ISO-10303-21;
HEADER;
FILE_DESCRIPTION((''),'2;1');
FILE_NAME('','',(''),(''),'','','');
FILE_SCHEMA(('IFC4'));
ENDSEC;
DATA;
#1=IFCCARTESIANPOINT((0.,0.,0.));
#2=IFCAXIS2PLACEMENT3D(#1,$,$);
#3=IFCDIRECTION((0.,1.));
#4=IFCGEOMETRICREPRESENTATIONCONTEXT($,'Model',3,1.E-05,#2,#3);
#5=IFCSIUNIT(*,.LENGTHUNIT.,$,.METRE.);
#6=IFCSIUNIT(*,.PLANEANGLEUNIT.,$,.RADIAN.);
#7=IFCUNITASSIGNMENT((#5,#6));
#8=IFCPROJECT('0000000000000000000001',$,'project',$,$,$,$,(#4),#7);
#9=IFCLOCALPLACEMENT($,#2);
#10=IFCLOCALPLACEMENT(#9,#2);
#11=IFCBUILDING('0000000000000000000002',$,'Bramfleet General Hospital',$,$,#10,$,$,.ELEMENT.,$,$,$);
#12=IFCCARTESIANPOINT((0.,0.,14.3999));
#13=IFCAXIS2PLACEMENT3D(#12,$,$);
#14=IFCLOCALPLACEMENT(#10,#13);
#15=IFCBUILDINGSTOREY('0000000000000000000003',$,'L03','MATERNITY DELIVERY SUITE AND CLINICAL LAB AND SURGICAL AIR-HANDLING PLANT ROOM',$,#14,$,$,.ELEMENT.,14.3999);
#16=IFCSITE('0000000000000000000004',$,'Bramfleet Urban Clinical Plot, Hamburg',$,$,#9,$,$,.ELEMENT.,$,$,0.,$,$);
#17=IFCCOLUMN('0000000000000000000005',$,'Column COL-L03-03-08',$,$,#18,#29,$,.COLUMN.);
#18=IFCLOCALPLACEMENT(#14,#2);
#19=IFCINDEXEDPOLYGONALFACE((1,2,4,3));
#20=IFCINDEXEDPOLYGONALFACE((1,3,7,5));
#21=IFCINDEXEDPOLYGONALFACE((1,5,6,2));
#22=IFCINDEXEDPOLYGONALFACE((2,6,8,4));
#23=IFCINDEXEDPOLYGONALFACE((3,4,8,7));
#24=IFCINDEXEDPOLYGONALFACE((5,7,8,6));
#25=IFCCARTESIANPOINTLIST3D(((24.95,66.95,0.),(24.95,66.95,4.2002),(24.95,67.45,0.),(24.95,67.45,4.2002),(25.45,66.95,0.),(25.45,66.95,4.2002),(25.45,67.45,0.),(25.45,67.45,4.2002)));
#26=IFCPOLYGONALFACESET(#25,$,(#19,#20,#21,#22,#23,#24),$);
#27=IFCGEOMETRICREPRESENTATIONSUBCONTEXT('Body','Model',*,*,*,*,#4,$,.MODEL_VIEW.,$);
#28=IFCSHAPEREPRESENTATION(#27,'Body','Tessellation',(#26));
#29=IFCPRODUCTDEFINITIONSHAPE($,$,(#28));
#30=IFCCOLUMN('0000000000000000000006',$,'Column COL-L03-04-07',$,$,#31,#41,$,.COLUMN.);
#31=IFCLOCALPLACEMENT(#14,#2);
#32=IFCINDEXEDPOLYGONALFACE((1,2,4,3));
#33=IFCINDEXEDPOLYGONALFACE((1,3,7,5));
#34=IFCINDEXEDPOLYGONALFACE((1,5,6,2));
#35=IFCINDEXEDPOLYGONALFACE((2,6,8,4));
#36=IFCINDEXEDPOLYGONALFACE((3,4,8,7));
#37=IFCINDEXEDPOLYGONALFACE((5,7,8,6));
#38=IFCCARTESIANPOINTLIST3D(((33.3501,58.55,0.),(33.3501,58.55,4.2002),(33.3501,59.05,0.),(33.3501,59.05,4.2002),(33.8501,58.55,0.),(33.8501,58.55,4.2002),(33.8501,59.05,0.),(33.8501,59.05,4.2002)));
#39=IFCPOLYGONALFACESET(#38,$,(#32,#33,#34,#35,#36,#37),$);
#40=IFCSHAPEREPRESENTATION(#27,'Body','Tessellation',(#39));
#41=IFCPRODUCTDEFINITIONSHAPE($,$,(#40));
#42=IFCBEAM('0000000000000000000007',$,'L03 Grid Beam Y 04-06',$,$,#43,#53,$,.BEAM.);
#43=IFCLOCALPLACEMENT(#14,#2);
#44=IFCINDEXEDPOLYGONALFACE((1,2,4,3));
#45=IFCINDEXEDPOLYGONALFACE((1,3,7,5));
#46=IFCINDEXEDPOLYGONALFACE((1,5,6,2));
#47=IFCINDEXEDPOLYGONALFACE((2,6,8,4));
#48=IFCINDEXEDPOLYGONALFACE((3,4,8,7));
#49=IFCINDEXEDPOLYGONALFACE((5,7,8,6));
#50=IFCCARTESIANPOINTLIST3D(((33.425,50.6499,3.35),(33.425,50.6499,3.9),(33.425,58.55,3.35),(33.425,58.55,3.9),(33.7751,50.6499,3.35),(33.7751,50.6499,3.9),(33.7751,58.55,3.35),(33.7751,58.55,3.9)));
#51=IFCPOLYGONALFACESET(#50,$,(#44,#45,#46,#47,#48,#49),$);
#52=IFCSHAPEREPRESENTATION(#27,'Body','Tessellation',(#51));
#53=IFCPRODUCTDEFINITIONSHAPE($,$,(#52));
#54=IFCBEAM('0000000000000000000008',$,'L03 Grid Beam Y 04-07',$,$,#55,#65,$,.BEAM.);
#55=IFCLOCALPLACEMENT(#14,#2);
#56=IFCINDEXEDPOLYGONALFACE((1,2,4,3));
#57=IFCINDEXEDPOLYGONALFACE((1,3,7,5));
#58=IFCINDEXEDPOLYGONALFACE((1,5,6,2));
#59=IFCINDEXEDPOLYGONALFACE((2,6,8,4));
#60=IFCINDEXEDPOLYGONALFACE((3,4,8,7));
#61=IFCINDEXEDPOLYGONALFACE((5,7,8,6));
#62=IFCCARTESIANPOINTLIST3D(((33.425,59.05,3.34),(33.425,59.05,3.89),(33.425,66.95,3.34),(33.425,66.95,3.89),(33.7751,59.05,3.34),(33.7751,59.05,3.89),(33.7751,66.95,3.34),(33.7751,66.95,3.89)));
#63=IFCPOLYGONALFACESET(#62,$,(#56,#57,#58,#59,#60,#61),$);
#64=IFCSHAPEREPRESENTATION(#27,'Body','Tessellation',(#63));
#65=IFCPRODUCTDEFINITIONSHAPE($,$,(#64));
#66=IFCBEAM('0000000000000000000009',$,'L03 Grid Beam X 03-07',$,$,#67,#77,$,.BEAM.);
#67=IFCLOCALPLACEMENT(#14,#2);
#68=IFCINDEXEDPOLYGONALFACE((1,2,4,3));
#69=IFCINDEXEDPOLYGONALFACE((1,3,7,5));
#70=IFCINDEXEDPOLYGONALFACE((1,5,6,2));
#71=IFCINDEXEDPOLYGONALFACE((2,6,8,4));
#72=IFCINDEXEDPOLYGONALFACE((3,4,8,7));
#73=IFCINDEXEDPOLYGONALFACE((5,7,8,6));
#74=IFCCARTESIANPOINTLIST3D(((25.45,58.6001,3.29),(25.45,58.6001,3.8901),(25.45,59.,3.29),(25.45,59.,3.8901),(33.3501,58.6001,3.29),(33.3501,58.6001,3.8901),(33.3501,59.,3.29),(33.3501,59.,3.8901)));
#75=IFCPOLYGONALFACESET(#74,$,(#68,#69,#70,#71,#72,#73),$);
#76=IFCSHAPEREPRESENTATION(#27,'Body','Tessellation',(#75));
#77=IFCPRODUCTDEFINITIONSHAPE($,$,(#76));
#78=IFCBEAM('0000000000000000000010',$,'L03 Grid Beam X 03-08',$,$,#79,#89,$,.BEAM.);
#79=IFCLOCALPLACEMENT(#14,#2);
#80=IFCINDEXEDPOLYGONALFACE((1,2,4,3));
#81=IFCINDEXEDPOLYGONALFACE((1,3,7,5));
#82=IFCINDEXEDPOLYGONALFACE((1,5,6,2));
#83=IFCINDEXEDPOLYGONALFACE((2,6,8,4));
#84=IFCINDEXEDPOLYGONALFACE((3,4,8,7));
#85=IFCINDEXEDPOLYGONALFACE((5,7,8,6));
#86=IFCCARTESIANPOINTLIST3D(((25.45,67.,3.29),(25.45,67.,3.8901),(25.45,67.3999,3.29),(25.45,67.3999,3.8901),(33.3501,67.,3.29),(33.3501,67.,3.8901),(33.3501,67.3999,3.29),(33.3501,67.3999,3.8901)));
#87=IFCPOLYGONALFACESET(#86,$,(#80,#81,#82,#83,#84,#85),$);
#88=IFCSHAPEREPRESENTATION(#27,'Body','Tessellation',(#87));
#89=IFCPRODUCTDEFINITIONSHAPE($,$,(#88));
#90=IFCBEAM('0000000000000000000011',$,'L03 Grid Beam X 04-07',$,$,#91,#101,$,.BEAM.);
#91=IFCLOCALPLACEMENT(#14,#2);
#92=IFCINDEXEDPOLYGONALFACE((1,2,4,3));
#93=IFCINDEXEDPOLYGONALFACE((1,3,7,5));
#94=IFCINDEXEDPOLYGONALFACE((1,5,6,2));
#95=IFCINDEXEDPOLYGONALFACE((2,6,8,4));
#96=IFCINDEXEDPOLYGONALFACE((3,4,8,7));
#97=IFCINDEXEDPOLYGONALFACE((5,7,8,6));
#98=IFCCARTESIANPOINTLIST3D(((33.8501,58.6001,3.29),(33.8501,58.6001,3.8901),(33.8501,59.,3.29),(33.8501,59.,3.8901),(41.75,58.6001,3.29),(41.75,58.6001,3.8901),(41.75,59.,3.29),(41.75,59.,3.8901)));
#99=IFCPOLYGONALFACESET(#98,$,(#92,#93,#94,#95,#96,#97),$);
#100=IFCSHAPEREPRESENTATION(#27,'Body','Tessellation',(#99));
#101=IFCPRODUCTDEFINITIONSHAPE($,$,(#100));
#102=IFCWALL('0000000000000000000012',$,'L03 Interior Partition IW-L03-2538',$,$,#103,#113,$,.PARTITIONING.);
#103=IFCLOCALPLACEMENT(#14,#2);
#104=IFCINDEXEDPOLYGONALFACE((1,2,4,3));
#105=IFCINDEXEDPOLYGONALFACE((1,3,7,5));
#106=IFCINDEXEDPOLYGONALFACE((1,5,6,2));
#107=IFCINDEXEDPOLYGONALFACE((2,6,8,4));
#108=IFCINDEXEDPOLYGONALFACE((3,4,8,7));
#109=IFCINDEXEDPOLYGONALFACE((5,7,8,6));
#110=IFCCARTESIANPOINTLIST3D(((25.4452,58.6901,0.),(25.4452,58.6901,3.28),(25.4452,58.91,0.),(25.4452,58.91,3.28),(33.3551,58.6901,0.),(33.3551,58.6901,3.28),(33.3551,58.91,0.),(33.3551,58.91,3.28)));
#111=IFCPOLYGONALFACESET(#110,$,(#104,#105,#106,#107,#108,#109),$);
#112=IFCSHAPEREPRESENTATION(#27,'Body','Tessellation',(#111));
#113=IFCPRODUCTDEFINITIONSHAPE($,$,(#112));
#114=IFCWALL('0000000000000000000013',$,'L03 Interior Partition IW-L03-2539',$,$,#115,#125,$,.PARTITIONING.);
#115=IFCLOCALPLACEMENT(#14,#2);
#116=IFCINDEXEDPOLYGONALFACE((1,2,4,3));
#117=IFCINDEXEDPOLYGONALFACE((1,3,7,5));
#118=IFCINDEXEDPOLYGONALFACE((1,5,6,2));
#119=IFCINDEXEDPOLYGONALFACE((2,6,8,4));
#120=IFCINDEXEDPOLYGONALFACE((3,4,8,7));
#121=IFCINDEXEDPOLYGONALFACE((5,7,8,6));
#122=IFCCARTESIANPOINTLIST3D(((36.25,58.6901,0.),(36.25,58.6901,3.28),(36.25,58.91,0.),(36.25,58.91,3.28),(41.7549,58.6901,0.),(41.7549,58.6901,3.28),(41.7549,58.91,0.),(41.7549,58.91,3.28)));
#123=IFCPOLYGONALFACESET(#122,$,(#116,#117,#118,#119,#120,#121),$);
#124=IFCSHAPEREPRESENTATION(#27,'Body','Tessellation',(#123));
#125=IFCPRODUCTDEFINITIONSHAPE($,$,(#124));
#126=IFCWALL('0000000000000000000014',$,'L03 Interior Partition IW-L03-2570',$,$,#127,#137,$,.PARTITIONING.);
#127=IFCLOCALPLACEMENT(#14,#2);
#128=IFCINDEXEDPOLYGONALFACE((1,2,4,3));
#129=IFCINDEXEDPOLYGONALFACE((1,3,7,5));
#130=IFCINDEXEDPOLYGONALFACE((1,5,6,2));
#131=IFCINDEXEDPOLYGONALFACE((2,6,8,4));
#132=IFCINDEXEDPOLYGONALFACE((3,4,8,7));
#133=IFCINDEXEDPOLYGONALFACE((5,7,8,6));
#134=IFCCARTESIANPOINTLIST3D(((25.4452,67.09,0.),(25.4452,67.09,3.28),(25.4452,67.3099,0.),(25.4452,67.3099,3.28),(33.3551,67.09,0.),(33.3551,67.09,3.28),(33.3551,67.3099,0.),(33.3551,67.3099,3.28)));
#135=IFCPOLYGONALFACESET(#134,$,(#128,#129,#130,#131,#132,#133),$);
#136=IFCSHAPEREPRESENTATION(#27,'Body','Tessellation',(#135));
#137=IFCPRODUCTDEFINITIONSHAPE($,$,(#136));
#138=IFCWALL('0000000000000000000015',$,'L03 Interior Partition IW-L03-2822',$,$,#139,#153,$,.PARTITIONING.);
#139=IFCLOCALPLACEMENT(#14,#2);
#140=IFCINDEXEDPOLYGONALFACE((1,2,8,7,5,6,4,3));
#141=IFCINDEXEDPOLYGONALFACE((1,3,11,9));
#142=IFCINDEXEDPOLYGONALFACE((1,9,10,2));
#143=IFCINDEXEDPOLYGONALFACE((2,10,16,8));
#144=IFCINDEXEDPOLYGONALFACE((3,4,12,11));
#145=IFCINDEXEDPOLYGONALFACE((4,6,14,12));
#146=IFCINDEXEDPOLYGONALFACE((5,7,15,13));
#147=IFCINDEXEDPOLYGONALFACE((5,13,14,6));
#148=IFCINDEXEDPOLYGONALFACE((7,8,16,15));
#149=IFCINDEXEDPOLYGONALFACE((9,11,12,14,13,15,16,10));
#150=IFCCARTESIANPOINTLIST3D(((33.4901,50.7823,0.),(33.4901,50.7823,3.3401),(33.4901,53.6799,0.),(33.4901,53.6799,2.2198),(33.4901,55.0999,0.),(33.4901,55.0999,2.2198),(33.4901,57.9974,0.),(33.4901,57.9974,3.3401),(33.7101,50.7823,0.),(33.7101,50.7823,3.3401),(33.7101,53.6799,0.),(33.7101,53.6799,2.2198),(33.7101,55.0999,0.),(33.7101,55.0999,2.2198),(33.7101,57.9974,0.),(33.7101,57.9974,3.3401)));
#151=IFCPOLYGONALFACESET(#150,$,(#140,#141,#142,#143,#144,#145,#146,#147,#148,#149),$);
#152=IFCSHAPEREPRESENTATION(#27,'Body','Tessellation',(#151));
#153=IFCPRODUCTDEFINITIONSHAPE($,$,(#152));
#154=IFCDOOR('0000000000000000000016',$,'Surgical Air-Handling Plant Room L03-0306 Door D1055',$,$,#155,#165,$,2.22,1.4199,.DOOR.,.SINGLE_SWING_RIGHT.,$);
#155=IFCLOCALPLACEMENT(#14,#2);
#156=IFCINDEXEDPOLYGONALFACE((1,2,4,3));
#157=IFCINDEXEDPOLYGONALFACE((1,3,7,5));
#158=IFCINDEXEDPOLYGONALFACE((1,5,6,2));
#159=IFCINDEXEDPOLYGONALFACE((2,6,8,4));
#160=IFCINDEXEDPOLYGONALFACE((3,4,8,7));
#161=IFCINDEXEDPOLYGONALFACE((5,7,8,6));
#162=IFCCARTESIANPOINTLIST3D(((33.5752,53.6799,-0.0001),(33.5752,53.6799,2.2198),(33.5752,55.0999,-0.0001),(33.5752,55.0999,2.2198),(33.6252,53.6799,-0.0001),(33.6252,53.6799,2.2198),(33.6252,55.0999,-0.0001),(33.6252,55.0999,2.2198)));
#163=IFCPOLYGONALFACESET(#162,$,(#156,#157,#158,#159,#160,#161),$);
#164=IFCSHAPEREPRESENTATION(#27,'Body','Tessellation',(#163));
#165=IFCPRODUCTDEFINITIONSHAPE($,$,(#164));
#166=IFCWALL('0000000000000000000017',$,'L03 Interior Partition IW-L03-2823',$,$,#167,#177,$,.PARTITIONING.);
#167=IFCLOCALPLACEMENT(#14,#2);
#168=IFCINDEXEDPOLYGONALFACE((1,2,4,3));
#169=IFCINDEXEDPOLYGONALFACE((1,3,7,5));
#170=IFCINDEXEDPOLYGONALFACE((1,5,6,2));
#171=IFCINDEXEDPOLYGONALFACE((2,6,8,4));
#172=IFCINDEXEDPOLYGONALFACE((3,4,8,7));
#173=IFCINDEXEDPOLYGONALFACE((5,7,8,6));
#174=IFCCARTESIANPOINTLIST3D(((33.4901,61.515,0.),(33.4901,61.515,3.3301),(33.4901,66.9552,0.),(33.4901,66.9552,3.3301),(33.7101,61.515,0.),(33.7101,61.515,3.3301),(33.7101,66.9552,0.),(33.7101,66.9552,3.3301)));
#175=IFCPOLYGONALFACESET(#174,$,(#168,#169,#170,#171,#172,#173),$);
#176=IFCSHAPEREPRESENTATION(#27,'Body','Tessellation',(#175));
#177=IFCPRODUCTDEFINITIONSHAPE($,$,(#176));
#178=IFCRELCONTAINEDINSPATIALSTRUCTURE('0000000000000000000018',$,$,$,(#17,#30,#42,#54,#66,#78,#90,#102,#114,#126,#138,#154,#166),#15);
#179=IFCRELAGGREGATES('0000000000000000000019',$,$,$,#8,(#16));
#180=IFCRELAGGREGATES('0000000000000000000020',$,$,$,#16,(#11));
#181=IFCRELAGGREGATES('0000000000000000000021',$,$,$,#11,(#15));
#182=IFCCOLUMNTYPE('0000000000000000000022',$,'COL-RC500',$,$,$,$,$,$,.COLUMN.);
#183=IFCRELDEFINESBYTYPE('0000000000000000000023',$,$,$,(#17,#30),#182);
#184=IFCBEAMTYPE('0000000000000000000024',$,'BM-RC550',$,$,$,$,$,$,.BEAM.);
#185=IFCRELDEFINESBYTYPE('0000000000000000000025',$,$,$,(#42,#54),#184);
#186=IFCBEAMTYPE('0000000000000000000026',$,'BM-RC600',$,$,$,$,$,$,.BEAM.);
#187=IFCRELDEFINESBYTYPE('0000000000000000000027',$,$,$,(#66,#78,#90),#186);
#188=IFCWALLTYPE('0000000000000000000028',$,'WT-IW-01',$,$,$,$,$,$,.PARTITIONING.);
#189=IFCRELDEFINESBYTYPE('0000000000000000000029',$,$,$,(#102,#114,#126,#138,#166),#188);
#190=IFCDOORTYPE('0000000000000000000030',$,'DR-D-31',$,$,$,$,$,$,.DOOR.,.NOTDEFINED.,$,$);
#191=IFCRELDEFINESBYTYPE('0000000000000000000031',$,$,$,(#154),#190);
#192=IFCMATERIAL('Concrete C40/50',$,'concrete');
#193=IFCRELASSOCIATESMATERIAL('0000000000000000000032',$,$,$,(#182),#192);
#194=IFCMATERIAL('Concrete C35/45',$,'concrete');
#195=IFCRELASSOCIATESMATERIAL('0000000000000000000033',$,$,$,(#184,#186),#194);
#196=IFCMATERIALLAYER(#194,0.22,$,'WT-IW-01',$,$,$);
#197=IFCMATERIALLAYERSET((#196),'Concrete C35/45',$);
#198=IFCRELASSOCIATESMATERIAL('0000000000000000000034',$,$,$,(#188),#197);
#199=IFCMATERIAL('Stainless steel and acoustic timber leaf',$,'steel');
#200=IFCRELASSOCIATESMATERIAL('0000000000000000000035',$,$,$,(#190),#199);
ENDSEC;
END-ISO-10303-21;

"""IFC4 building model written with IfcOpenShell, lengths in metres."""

from ifc_helpers import new_model, si_unit, direction, frame, frame_2d, origin, origin_2d, place, context, subcontext, project, spatial, rectangle, extrude, material, layer, layer_set, material_profile, profile_set, type_object, element, fill, save


model = new_model("IFC4")

# Units and contexts
model_context = context("Model", 3, precision=1e-05, world=origin(), true_north=direction((0.0, 1.0)))
body_context = subcontext(model_context, "Body", "Model", "MODEL_VIEW")
ifc_project = project(units=[si_unit("LENGTHUNIT", "METRE"), si_unit("PLANEANGLEUNIT", "RADIAN")], contexts=[model_context])

# Site, building, storey
site_placement = place(None, origin())
site = spatial("IfcSite", under=ifc_project, at=site_placement, Name="Bramfleet Urban Clinical Plot, Hamburg", CompositionType="ELEMENT", RefElevation=0.0)
building_placement = place(site_placement, origin())
building = spatial("IfcBuilding", under=site, at=building_placement, Name="Bramfleet General Hospital", CompositionType="ELEMENT")
storey_placement = place(building_placement, frame((0.0, 0.0, 14.3999)))
storey = spatial("IfcBuildingStorey", under=building, at=storey_placement, Name="L03", Description="MATERNITY DELIVERY SUITE AND CLINICAL LAB AND SURGICAL AIR-HANDLING PLANT ROOM", CompositionType="ELEMENT", Elevation=14.3999)

# Columns
ifc_material_1 = material(Name="Concrete C40/50", Category="concrete")
ifc_material_profile_1 = material_profile(ifc_material_1, rectangle(XDim=0.5, YDim=0.5, at=origin_2d()), Name="RC COL 500x500")
ifc_profile_set_1 = profile_set([ifc_material_profile_1], Name="Concrete C40/50")
column_type = type_object("IfcColumnType", Name="COL-RC500", PredefinedType="COLUMN", material=ifc_profile_set_1)
for number, where, z_axis, x_axis, name in (
    (1, (25.2, 67.2, 0.0), (0.0, 0.0, 1.0), (1.0, 0.0, 0.0), "Column COL-L03-03-08"),
    (2, (33.6001, 58.8, 0.0), (0.0, 0.0, 1.0), (1.0, 0.0, 0.0), "Column COL-L03-04-07"),
):
    element("IfcColumn", number, at=place(storey_placement, frame(where, z_axis=z_axis, x_axis=x_axis)), inside=storey, type_object=column_type, Name=name, PredefinedType="COLUMN", context=body_context, shape_type="SweptSolid", body=[
        extrude(rectangle(XDim=0.5, YDim=0.5, at=origin_2d()), origin(), (0.0, 0.0, 1.0), 4.2002),
    ])

# Beams
ifc_material_2 = material(Name="Concrete C35/45", Category="concrete")
ifc_material_profile_2 = material_profile(ifc_material_2, rectangle(XDim=0.3501, YDim=0.55, at=origin_2d()), Name="RC BM 550x350")
ifc_profile_set_2 = profile_set([ifc_material_profile_2], Name="Concrete C35/45")
beam_type_1 = type_object("IfcBeamType", Name="BM-RC550", PredefinedType="BEAM", material=ifc_profile_set_2)
beam_1_placement = place(storey_placement, frame((33.6001, 50.6499, 3.625), z_axis=(0.0, 1.0, 0.0), x_axis=(-1.0, 0.0, 0.0)))
element("IfcBeam", 3, at=beam_1_placement, inside=storey, type_object=beam_type_1, Name="L03 Grid Beam Y 04-06", PredefinedType="BEAM", context=body_context, shape_type="SweptSolid", body=[
    extrude(rectangle(XDim=0.3501, YDim=0.55, at=origin_2d()), origin(), (0.0, 0.0, 1.0), 7.9001),
])
beam_2_placement = place(storey_placement, frame((33.6001, 59.05, 3.615), z_axis=(0.0, 1.0, 0.0), x_axis=(-1.0, 0.0, 0.0)))
element("IfcBeam", 4, at=beam_2_placement, inside=storey, type_object=beam_type_1, Name="L03 Grid Beam Y 04-07", PredefinedType="BEAM", context=body_context, shape_type="SweptSolid", body=[
    extrude(rectangle(XDim=0.3501, YDim=0.55, at=origin_2d()), origin(), (0.0, 0.0, 1.0), 7.8999),
])
ifc_material_profile_3 = material_profile(ifc_material_2, rectangle(XDim=0.3999, YDim=0.6001, at=origin_2d()), Name="RC BM 600x400")
ifc_profile_set_3 = profile_set([ifc_material_profile_3], Name="Concrete C35/45")
beam_type_2 = type_object("IfcBeamType", Name="BM-RC600", PredefinedType="BEAM", material=ifc_profile_set_3)
for number, where, z_axis, x_axis, name in (
    (5, (25.45, 58.8, 3.5901), (1.0, 0.0, 0.0), (0.0, 1.0, 0.0), "L03 Grid Beam X 03-07"),
    (6, (25.45, 67.2, 3.5901), (1.0, 0.0, 0.0), (0.0, 1.0, 0.0), "L03 Grid Beam X 03-08"),
):
    element("IfcBeam", number, at=place(storey_placement, frame(where, z_axis=z_axis, x_axis=x_axis)), inside=storey, type_object=beam_type_2, Name=name, PredefinedType="BEAM", context=body_context, shape_type="SweptSolid", body=[
        extrude(rectangle(XDim=0.3999, YDim=0.6001, at=origin_2d()), origin(), (0.0, 0.0, 1.0), 7.9001),
    ])
beam_3_placement = place(storey_placement, frame((33.8501, 58.8, 3.5901), z_axis=(1.0, 0.0, 0.0), x_axis=(0.0, 1.0, 0.0)))
element("IfcBeam", 7, at=beam_3_placement, inside=storey, type_object=beam_type_2, Name="L03 Grid Beam X 04-07", PredefinedType="BEAM", context=body_context, shape_type="SweptSolid", body=[
    extrude(rectangle(XDim=0.3999, YDim=0.6001, at=origin_2d()), origin(), (0.0, 0.0, 1.0), 7.8999),
])

# Walls
ifc_layer_1 = layer(ifc_material_2, 0.22, Name="WT-IW-01")
ifc_layer_set_1 = layer_set([ifc_layer_1], Name="Concrete C35/45")
wall_type_1 = type_object("IfcWallType", Name="WT-IW-01", PredefinedType="PARTITIONING", material=ifc_layer_set_1)
wall_1_placement = place(storey_placement, frame((25.4451, 58.8, 0.0), z_axis=(0.0, 0.0, 1.0), x_axis=(1.0, 0.0, 0.0)))
element("IfcWall", 8, at=wall_1_placement, inside=storey, type_object=wall_type_1, Name="L03 Interior Partition IW-L03-2538", PredefinedType="PARTITIONING", context=body_context, shape_type="SweptSolid", body=[
    extrude(rectangle(XDim=7.9099, YDim=0.22, at=frame_2d((3.9551, 0.0))), origin(), (0.0, 0.0, 1.0), 3.28),
])
wall_2_placement = place(storey_placement, frame((36.25, 58.8, 0.0), z_axis=(0.0, 0.0, 1.0), x_axis=(1.0, 0.0, 0.0)))
element("IfcWall", 9, at=wall_2_placement, inside=storey, type_object=wall_type_1, Name="L03 Interior Partition IW-L03-2539", PredefinedType="PARTITIONING", context=body_context, shape_type="SweptSolid", body=[
    extrude(rectangle(XDim=5.5049, YDim=0.22, at=frame_2d((2.7524, 0.0))), origin(), (0.0, 0.0, 1.0), 3.28),
])

# Shared definitions
ifc_material_3 = material(Name="Stainless steel and acoustic timber leaf", Category="steel")

# Wall
wall_3_placement = place(storey_placement, frame((25.4451, 67.2, 0.0), z_axis=(0.0, 0.0, 1.0), x_axis=(1.0, 0.0, 0.0)))
element("IfcWall", 10, at=wall_3_placement, inside=storey, type_object=wall_type_1, Name="L03 Interior Partition IW-L03-2570", PredefinedType="PARTITIONING", context=body_context, shape_type="SweptSolid", body=[
    extrude(rectangle(XDim=7.9099, YDim=0.22, at=frame_2d((3.9551, 0.0))), origin(), (0.0, 0.0, 1.0), 3.28),
])

# Wall, opening, door
wall_4_placement = place(storey_placement, frame((33.6001, 50.7825, 0.0), z_axis=(0.0, 0.0, 1.0), x_axis=(0.0, 1.0, 0.0)))
wall_4 = element("IfcWall", 11, at=wall_4_placement, inside=storey, type_object=wall_type_1, Name="L03 Interior Partition IW-L03-2822", PredefinedType="PARTITIONING", context=body_context, shape_type="SweptSolid", body=[
    extrude(rectangle(XDim=7.2151, YDim=0.22, at=frame_2d((3.6074, 0.0))), origin(), (0.0, 0.0, 1.0), 3.3401),
])
opening_1_placement = place(wall_4_placement, frame((2.8975, 0.0, 0.0)))
opening_1 = element("IfcOpeningElement", 12, at=opening_1_placement, cuts=wall_4, PredefinedType="OPENING", context=body_context, shape_type="SweptSolid", body=[
    extrude(rectangle(XDim=1.4199, YDim=2.22, at=frame_2d((0.71, 1.1099))), frame((0.0, 0.1199, 0.0), z_axis=(0.0, -1.0, 0.0), x_axis=(1.0, 0.0, 0.0)), (0.0, 0.0, 1.0), 0.24),
])
door_type_1 = type_object("IfcDoorType", Name="DR-D-31", OperationType="NOTDEFINED", PredefinedType="DOOR", material=ifc_material_3)
door_1_placement = place(opening_1_placement, origin())
door_1 = element("IfcDoor", 13, at=door_1_placement, inside=storey, type_object=door_type_1, Name="Surgical Air-Handling Plant Room L03-0306 Door D1055", OperationType="SINGLE_SWING_RIGHT", OverallHeight=2.22, OverallWidth=1.4199, PredefinedType="DOOR", context=body_context, shape_type="SweptSolid", body=[
    extrude(rectangle(XDim=1.4199, YDim=2.22, at=frame_2d((0.71, 1.1099))), frame((0.0, 0.0249, 0.0), z_axis=(0.0, -1.0, 0.0), x_axis=(1.0, 0.0, 0.0)), (0.0, 0.0, 1.0), 0.05),
])
fill(opening_1, door_1)

# Wall
wall_5_placement = place(storey_placement, frame((33.6001, 61.5149, 0.0), z_axis=(0.0, 0.0, 1.0), x_axis=(0.0, 1.0, 0.0)))
element("IfcWall", 14, at=wall_5_placement, inside=storey, type_object=wall_type_1, Name="L03 Interior Partition IW-L03-2823", PredefinedType="PARTITIONING", context=body_context, shape_type="SweptSolid", body=[
    extrude(rectangle(XDim=5.4402, YDim=0.22, at=frame_2d((2.7202, 0.0))), origin(), (0.0, 0.0, 1.0), 3.3301),
])

save(model, "model.ifc")
